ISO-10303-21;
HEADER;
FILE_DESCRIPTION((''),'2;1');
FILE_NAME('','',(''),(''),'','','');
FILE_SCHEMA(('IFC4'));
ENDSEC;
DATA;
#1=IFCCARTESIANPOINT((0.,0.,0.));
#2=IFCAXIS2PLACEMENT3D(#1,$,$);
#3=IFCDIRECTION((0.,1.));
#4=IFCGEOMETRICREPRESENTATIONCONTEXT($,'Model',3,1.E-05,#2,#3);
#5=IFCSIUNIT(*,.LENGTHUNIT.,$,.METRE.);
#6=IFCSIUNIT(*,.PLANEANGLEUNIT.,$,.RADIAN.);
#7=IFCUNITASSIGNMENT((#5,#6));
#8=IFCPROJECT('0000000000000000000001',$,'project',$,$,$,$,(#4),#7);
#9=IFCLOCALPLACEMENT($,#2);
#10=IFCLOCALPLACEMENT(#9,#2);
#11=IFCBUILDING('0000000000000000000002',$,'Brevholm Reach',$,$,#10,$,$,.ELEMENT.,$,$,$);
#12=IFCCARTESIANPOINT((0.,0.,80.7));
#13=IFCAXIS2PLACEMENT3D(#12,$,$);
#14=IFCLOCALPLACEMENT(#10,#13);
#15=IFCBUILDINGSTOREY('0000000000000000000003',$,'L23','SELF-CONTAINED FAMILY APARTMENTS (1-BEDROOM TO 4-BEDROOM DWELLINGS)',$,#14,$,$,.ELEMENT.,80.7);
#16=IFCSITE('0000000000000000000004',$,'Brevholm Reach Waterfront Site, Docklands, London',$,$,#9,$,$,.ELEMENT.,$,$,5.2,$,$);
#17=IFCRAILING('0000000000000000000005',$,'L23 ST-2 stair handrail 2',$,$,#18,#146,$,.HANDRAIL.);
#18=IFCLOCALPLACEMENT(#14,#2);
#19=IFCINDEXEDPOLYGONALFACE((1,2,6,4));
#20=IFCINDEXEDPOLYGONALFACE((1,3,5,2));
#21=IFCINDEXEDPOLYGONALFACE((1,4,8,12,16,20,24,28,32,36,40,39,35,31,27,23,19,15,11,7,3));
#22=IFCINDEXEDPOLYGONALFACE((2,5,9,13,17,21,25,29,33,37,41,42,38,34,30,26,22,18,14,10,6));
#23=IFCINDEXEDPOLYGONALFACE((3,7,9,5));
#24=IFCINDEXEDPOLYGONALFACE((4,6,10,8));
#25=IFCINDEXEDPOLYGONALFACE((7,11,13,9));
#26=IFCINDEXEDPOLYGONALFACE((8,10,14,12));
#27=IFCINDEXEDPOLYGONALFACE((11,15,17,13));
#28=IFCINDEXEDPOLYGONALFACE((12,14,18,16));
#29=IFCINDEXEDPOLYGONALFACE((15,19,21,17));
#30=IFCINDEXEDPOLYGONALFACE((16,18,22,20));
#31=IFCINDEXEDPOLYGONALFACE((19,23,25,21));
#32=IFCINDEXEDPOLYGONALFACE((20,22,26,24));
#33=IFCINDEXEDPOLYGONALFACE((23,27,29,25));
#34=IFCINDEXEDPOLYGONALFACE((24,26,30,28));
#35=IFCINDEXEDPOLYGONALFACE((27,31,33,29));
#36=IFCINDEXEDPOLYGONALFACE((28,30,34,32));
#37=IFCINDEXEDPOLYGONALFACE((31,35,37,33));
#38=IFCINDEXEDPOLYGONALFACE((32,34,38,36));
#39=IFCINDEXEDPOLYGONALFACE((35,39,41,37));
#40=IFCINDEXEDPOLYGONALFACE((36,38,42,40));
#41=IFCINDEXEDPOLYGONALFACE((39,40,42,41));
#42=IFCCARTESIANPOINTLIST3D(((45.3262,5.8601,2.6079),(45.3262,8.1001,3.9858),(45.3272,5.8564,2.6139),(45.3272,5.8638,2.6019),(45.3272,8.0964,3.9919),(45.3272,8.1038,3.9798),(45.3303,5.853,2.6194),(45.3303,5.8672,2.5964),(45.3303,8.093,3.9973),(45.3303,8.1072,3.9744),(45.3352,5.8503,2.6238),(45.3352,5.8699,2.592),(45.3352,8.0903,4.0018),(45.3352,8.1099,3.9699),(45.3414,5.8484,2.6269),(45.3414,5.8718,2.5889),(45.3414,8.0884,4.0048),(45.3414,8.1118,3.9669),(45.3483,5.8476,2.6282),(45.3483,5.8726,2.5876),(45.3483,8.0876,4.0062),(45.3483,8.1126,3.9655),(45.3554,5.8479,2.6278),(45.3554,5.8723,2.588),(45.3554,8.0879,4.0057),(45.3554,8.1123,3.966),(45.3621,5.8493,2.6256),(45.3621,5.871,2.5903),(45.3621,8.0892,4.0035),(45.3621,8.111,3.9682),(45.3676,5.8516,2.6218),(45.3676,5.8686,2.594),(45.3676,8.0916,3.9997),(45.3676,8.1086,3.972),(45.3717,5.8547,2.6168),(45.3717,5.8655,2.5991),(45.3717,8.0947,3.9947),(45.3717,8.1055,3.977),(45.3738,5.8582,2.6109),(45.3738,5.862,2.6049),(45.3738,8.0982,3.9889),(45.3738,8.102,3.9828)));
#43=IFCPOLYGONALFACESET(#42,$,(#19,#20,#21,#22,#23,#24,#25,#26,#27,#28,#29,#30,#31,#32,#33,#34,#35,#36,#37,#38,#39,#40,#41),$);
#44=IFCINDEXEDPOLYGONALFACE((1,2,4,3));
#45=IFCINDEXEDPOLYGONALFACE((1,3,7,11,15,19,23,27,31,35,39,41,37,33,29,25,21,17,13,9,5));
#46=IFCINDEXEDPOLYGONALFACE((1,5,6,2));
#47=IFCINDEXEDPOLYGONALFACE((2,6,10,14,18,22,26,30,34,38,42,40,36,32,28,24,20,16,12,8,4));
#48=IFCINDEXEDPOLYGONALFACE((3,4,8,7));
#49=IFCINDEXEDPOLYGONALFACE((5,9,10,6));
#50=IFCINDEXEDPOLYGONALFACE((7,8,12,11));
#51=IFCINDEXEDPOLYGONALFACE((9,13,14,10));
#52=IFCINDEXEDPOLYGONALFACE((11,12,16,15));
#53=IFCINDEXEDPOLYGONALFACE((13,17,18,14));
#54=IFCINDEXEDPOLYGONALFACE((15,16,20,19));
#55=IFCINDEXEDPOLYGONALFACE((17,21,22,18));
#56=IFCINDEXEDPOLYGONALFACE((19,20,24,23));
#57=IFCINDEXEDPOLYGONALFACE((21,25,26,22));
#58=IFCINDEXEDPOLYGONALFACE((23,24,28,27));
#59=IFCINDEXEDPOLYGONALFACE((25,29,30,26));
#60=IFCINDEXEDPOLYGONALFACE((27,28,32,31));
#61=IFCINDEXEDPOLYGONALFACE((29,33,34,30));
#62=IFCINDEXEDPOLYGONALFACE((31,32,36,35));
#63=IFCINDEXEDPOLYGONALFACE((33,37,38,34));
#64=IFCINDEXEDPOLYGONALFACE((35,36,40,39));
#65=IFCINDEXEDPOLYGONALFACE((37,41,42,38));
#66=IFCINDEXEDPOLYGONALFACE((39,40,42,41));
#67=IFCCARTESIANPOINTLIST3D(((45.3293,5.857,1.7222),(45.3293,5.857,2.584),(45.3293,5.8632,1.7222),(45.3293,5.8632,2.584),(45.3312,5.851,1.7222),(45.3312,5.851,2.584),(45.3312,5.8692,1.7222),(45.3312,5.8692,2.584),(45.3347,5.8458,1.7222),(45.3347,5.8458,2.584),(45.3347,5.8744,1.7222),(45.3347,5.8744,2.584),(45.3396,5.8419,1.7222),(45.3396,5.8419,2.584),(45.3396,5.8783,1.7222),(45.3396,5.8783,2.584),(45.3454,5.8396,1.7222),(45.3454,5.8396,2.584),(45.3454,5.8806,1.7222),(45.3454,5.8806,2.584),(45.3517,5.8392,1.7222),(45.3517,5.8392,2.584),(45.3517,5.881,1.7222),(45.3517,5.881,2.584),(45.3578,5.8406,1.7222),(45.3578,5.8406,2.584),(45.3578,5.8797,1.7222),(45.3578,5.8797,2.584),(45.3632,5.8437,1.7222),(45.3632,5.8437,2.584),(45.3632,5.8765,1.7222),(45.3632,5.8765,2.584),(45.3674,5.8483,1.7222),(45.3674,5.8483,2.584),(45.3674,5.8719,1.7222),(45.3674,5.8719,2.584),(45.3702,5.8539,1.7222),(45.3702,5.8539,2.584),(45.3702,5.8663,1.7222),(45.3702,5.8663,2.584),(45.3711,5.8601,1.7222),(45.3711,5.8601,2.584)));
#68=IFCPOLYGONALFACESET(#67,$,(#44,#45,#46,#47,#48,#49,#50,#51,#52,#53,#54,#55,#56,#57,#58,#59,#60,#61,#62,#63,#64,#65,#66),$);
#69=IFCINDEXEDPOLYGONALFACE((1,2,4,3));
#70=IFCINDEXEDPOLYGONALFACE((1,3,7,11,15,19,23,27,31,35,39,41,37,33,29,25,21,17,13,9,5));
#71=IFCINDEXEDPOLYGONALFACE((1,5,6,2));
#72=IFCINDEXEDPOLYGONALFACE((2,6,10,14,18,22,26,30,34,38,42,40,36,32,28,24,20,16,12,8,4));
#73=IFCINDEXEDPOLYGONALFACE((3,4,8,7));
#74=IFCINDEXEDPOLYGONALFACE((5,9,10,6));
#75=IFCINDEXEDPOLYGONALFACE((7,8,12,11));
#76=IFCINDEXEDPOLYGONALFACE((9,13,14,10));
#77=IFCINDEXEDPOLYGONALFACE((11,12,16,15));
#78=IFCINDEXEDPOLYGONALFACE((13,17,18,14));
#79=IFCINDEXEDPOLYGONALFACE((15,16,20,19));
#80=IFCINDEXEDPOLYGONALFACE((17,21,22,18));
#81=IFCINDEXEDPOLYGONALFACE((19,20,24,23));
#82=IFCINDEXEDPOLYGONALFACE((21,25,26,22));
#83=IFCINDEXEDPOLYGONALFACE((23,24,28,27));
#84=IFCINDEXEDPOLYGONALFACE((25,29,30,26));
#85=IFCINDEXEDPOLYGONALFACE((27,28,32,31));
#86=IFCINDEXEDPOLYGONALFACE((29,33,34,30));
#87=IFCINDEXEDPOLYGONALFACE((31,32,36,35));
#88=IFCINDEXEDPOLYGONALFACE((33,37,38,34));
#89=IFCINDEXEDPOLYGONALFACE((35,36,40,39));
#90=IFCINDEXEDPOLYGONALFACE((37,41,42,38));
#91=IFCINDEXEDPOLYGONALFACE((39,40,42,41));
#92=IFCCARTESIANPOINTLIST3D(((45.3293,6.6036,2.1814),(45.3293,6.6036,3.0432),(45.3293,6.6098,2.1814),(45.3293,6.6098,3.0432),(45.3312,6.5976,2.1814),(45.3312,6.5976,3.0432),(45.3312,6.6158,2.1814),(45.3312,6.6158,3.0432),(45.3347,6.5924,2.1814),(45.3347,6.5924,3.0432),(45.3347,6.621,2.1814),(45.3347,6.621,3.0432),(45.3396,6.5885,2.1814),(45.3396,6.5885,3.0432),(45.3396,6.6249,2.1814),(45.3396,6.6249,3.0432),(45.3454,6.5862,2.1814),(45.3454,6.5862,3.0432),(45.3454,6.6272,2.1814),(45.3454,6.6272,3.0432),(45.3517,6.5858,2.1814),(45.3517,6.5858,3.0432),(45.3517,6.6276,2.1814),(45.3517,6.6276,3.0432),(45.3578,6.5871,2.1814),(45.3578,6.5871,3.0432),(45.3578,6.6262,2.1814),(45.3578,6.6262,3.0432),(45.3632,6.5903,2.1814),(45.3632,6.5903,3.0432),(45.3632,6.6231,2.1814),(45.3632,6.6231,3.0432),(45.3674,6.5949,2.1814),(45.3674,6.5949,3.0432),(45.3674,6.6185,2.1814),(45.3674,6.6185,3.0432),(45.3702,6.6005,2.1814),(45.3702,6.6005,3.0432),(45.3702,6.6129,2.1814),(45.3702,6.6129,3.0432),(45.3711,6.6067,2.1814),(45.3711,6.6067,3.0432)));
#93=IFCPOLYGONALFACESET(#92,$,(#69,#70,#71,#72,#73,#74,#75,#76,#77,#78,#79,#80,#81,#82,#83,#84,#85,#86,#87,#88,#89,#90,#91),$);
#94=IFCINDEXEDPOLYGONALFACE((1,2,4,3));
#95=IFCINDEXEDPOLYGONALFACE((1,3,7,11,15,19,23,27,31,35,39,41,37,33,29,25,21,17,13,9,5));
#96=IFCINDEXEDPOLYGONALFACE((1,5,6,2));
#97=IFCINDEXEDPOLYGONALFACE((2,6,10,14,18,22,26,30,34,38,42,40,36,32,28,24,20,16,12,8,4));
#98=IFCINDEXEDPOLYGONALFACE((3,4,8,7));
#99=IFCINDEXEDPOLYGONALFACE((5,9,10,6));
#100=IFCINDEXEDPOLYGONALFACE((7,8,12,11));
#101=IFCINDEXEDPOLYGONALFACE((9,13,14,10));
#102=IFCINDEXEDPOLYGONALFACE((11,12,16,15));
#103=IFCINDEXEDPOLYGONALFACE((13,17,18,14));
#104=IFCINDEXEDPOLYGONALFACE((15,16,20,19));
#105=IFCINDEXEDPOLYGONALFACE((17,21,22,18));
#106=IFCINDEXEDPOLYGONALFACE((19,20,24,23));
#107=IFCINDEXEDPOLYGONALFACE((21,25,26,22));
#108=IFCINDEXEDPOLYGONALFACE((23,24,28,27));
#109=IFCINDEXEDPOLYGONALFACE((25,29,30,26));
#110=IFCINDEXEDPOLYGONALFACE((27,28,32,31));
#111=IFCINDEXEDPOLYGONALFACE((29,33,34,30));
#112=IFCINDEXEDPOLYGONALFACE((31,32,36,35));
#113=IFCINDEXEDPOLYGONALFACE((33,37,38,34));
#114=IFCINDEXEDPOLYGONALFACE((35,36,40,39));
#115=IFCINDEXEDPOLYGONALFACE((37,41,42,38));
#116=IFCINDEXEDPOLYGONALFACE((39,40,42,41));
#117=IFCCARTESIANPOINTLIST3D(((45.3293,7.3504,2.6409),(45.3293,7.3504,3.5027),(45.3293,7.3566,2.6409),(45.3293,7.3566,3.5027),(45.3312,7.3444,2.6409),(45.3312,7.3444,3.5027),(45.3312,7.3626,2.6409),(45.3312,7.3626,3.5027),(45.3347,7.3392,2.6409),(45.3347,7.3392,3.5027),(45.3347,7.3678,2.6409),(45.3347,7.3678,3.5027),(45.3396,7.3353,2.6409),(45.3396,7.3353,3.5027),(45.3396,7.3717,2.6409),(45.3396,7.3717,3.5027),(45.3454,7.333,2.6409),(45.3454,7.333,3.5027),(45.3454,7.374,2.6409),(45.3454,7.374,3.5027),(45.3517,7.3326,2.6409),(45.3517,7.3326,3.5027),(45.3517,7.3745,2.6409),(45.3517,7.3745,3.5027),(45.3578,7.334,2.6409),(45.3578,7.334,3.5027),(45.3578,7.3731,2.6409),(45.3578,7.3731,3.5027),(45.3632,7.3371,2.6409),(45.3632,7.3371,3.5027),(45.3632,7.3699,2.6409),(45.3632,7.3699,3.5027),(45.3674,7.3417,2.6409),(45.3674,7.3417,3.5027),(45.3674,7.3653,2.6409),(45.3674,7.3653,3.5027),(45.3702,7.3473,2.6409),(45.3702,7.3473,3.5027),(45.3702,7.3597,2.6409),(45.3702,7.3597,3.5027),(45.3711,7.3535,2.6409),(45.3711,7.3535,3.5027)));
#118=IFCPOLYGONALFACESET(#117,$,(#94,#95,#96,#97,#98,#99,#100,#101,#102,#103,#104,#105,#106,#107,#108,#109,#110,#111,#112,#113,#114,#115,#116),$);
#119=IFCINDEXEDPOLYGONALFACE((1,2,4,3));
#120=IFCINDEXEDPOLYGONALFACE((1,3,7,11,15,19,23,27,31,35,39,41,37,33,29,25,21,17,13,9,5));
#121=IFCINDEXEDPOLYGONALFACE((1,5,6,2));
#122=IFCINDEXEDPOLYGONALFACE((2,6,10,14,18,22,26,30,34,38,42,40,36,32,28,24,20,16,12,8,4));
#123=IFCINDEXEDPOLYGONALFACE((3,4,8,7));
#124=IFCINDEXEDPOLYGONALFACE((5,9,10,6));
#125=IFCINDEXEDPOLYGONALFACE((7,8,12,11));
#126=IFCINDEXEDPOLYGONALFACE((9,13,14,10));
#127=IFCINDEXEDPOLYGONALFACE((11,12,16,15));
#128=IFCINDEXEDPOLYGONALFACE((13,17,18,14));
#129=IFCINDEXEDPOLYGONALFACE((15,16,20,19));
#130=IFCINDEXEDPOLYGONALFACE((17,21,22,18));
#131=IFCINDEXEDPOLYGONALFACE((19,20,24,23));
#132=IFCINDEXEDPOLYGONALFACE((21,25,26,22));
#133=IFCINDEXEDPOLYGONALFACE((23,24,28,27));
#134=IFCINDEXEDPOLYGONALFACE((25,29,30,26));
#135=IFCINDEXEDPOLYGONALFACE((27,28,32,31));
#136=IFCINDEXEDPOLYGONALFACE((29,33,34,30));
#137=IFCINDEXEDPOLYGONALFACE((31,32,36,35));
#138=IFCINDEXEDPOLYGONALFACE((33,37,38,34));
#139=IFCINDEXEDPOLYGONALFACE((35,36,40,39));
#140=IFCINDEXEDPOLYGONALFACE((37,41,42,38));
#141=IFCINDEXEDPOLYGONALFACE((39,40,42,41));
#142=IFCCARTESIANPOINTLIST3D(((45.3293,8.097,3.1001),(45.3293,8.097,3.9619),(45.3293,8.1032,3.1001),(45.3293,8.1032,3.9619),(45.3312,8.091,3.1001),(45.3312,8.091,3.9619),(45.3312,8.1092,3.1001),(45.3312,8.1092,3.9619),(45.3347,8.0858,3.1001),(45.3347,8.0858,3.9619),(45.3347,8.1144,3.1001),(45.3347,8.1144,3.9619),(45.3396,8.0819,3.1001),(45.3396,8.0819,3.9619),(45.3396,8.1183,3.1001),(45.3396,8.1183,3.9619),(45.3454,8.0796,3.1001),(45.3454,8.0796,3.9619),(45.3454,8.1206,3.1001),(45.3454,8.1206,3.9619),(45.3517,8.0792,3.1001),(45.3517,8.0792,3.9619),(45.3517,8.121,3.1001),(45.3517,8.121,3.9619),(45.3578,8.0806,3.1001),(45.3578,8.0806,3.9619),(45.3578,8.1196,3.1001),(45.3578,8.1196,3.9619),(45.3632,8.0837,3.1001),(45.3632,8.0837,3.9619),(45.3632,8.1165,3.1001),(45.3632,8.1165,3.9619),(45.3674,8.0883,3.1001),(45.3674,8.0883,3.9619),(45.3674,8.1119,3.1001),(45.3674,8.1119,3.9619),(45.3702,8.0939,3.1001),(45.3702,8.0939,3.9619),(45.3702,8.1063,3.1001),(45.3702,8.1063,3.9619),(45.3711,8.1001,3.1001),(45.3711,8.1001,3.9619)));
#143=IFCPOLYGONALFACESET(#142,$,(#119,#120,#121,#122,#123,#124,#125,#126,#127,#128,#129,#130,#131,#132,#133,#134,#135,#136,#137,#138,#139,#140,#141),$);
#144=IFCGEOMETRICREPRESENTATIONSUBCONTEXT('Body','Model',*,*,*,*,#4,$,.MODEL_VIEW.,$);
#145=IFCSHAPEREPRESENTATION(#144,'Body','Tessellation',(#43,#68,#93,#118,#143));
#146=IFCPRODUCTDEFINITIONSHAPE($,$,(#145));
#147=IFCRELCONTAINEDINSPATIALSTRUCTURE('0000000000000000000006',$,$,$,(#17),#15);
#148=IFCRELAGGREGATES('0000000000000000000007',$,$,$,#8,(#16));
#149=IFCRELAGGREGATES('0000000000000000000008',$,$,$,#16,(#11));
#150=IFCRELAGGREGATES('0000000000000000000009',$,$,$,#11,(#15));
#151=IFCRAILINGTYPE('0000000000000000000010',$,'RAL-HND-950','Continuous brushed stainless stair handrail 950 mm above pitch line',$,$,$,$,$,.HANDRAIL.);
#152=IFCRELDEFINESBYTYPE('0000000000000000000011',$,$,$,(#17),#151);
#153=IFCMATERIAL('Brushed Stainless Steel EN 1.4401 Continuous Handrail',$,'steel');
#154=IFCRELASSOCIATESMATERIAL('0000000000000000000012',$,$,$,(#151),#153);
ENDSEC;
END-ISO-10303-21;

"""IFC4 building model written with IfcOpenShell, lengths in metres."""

from ifc_helpers import new_model, si_unit, direction, frame, origin, origin_2d, place, context, subcontext, project, spatial, circle, extrude, material, type_object, element, save


model = new_model("IFC4")

# Units and contexts
model_context = context("Model", 3, precision=1e-05, world=origin(), true_north=direction((0.0, 1.0)))
body_context = subcontext(model_context, "Body", "Model", "MODEL_VIEW")
ifc_project = project(units=[si_unit("LENGTHUNIT", "METRE"), si_unit("PLANEANGLEUNIT", "RADIAN")], contexts=[model_context])

# Site, building, storey
site_placement = place(None, origin())
site = spatial("IfcSite", under=ifc_project, at=site_placement, Name="Brevholm Reach Waterfront Site, Docklands, London", CompositionType="ELEMENT", RefElevation=5.2)
building_placement = place(site_placement, origin())
building = spatial("IfcBuilding", under=site, at=building_placement, Name="Brevholm Reach", CompositionType="ELEMENT")
storey_placement = place(building_placement, frame((0.0, 0.0, 80.7)))
storey = spatial("IfcBuildingStorey", under=building, at=storey_placement, Name="L23", Description="SELF-CONTAINED FAMILY APARTMENTS (1-BEDROOM TO 4-BEDROOM DWELLINGS)", CompositionType="ELEMENT", Elevation=80.7)

# Railing
ifc_material_1 = material(Name="Brushed Stainless Steel EN 1.4401 Continuous Handrail", Category="steel")
railing_type_1 = type_object("IfcRailingType", Name="RAL-HND-950", Description="Continuous brushed stainless stair handrail 950 mm above pitch line", PredefinedType="HANDRAIL", material=ifc_material_1)
railing_1_placement = place(storey_placement, frame((45.3501, 5.8601, 1.7222)))
element("IfcRailing", 1, at=railing_1_placement, inside=storey, type_object=railing_type_1, Name="L23 ST-2 stair handrail 2", PredefinedType="HANDRAIL", context=body_context, shape_type="SweptSolid", body=[
    extrude(circle(Radius=0.0239, at=origin_2d()), frame((0.0, 0.0, 0.8857), z_axis=(0.0, 0.851748, 0.523952), x_axis=(-1.0, 0.0, 0.0)), (0.0, 0.0, 1.0), 2.6299),
    extrude(circle(Radius=0.021, at=origin_2d()), origin(), (0.0, 0.0, 1.0), 0.8618),
    extrude(circle(Radius=0.021, at=origin_2d()), frame((0.0, 0.7466, 0.4592)), (0.0, 0.0, 1.0), 0.8618),
    extrude(circle(Radius=0.021, at=origin_2d()), frame((0.0, 1.4934, 0.9187)), (0.0, 0.0, 1.0), 0.8618),
    extrude(circle(Radius=0.021, at=origin_2d()), frame((0.0, 2.24, 1.3779)), (0.0, 0.0, 1.0), 0.8618),
])

save(model, "model.ifc")
